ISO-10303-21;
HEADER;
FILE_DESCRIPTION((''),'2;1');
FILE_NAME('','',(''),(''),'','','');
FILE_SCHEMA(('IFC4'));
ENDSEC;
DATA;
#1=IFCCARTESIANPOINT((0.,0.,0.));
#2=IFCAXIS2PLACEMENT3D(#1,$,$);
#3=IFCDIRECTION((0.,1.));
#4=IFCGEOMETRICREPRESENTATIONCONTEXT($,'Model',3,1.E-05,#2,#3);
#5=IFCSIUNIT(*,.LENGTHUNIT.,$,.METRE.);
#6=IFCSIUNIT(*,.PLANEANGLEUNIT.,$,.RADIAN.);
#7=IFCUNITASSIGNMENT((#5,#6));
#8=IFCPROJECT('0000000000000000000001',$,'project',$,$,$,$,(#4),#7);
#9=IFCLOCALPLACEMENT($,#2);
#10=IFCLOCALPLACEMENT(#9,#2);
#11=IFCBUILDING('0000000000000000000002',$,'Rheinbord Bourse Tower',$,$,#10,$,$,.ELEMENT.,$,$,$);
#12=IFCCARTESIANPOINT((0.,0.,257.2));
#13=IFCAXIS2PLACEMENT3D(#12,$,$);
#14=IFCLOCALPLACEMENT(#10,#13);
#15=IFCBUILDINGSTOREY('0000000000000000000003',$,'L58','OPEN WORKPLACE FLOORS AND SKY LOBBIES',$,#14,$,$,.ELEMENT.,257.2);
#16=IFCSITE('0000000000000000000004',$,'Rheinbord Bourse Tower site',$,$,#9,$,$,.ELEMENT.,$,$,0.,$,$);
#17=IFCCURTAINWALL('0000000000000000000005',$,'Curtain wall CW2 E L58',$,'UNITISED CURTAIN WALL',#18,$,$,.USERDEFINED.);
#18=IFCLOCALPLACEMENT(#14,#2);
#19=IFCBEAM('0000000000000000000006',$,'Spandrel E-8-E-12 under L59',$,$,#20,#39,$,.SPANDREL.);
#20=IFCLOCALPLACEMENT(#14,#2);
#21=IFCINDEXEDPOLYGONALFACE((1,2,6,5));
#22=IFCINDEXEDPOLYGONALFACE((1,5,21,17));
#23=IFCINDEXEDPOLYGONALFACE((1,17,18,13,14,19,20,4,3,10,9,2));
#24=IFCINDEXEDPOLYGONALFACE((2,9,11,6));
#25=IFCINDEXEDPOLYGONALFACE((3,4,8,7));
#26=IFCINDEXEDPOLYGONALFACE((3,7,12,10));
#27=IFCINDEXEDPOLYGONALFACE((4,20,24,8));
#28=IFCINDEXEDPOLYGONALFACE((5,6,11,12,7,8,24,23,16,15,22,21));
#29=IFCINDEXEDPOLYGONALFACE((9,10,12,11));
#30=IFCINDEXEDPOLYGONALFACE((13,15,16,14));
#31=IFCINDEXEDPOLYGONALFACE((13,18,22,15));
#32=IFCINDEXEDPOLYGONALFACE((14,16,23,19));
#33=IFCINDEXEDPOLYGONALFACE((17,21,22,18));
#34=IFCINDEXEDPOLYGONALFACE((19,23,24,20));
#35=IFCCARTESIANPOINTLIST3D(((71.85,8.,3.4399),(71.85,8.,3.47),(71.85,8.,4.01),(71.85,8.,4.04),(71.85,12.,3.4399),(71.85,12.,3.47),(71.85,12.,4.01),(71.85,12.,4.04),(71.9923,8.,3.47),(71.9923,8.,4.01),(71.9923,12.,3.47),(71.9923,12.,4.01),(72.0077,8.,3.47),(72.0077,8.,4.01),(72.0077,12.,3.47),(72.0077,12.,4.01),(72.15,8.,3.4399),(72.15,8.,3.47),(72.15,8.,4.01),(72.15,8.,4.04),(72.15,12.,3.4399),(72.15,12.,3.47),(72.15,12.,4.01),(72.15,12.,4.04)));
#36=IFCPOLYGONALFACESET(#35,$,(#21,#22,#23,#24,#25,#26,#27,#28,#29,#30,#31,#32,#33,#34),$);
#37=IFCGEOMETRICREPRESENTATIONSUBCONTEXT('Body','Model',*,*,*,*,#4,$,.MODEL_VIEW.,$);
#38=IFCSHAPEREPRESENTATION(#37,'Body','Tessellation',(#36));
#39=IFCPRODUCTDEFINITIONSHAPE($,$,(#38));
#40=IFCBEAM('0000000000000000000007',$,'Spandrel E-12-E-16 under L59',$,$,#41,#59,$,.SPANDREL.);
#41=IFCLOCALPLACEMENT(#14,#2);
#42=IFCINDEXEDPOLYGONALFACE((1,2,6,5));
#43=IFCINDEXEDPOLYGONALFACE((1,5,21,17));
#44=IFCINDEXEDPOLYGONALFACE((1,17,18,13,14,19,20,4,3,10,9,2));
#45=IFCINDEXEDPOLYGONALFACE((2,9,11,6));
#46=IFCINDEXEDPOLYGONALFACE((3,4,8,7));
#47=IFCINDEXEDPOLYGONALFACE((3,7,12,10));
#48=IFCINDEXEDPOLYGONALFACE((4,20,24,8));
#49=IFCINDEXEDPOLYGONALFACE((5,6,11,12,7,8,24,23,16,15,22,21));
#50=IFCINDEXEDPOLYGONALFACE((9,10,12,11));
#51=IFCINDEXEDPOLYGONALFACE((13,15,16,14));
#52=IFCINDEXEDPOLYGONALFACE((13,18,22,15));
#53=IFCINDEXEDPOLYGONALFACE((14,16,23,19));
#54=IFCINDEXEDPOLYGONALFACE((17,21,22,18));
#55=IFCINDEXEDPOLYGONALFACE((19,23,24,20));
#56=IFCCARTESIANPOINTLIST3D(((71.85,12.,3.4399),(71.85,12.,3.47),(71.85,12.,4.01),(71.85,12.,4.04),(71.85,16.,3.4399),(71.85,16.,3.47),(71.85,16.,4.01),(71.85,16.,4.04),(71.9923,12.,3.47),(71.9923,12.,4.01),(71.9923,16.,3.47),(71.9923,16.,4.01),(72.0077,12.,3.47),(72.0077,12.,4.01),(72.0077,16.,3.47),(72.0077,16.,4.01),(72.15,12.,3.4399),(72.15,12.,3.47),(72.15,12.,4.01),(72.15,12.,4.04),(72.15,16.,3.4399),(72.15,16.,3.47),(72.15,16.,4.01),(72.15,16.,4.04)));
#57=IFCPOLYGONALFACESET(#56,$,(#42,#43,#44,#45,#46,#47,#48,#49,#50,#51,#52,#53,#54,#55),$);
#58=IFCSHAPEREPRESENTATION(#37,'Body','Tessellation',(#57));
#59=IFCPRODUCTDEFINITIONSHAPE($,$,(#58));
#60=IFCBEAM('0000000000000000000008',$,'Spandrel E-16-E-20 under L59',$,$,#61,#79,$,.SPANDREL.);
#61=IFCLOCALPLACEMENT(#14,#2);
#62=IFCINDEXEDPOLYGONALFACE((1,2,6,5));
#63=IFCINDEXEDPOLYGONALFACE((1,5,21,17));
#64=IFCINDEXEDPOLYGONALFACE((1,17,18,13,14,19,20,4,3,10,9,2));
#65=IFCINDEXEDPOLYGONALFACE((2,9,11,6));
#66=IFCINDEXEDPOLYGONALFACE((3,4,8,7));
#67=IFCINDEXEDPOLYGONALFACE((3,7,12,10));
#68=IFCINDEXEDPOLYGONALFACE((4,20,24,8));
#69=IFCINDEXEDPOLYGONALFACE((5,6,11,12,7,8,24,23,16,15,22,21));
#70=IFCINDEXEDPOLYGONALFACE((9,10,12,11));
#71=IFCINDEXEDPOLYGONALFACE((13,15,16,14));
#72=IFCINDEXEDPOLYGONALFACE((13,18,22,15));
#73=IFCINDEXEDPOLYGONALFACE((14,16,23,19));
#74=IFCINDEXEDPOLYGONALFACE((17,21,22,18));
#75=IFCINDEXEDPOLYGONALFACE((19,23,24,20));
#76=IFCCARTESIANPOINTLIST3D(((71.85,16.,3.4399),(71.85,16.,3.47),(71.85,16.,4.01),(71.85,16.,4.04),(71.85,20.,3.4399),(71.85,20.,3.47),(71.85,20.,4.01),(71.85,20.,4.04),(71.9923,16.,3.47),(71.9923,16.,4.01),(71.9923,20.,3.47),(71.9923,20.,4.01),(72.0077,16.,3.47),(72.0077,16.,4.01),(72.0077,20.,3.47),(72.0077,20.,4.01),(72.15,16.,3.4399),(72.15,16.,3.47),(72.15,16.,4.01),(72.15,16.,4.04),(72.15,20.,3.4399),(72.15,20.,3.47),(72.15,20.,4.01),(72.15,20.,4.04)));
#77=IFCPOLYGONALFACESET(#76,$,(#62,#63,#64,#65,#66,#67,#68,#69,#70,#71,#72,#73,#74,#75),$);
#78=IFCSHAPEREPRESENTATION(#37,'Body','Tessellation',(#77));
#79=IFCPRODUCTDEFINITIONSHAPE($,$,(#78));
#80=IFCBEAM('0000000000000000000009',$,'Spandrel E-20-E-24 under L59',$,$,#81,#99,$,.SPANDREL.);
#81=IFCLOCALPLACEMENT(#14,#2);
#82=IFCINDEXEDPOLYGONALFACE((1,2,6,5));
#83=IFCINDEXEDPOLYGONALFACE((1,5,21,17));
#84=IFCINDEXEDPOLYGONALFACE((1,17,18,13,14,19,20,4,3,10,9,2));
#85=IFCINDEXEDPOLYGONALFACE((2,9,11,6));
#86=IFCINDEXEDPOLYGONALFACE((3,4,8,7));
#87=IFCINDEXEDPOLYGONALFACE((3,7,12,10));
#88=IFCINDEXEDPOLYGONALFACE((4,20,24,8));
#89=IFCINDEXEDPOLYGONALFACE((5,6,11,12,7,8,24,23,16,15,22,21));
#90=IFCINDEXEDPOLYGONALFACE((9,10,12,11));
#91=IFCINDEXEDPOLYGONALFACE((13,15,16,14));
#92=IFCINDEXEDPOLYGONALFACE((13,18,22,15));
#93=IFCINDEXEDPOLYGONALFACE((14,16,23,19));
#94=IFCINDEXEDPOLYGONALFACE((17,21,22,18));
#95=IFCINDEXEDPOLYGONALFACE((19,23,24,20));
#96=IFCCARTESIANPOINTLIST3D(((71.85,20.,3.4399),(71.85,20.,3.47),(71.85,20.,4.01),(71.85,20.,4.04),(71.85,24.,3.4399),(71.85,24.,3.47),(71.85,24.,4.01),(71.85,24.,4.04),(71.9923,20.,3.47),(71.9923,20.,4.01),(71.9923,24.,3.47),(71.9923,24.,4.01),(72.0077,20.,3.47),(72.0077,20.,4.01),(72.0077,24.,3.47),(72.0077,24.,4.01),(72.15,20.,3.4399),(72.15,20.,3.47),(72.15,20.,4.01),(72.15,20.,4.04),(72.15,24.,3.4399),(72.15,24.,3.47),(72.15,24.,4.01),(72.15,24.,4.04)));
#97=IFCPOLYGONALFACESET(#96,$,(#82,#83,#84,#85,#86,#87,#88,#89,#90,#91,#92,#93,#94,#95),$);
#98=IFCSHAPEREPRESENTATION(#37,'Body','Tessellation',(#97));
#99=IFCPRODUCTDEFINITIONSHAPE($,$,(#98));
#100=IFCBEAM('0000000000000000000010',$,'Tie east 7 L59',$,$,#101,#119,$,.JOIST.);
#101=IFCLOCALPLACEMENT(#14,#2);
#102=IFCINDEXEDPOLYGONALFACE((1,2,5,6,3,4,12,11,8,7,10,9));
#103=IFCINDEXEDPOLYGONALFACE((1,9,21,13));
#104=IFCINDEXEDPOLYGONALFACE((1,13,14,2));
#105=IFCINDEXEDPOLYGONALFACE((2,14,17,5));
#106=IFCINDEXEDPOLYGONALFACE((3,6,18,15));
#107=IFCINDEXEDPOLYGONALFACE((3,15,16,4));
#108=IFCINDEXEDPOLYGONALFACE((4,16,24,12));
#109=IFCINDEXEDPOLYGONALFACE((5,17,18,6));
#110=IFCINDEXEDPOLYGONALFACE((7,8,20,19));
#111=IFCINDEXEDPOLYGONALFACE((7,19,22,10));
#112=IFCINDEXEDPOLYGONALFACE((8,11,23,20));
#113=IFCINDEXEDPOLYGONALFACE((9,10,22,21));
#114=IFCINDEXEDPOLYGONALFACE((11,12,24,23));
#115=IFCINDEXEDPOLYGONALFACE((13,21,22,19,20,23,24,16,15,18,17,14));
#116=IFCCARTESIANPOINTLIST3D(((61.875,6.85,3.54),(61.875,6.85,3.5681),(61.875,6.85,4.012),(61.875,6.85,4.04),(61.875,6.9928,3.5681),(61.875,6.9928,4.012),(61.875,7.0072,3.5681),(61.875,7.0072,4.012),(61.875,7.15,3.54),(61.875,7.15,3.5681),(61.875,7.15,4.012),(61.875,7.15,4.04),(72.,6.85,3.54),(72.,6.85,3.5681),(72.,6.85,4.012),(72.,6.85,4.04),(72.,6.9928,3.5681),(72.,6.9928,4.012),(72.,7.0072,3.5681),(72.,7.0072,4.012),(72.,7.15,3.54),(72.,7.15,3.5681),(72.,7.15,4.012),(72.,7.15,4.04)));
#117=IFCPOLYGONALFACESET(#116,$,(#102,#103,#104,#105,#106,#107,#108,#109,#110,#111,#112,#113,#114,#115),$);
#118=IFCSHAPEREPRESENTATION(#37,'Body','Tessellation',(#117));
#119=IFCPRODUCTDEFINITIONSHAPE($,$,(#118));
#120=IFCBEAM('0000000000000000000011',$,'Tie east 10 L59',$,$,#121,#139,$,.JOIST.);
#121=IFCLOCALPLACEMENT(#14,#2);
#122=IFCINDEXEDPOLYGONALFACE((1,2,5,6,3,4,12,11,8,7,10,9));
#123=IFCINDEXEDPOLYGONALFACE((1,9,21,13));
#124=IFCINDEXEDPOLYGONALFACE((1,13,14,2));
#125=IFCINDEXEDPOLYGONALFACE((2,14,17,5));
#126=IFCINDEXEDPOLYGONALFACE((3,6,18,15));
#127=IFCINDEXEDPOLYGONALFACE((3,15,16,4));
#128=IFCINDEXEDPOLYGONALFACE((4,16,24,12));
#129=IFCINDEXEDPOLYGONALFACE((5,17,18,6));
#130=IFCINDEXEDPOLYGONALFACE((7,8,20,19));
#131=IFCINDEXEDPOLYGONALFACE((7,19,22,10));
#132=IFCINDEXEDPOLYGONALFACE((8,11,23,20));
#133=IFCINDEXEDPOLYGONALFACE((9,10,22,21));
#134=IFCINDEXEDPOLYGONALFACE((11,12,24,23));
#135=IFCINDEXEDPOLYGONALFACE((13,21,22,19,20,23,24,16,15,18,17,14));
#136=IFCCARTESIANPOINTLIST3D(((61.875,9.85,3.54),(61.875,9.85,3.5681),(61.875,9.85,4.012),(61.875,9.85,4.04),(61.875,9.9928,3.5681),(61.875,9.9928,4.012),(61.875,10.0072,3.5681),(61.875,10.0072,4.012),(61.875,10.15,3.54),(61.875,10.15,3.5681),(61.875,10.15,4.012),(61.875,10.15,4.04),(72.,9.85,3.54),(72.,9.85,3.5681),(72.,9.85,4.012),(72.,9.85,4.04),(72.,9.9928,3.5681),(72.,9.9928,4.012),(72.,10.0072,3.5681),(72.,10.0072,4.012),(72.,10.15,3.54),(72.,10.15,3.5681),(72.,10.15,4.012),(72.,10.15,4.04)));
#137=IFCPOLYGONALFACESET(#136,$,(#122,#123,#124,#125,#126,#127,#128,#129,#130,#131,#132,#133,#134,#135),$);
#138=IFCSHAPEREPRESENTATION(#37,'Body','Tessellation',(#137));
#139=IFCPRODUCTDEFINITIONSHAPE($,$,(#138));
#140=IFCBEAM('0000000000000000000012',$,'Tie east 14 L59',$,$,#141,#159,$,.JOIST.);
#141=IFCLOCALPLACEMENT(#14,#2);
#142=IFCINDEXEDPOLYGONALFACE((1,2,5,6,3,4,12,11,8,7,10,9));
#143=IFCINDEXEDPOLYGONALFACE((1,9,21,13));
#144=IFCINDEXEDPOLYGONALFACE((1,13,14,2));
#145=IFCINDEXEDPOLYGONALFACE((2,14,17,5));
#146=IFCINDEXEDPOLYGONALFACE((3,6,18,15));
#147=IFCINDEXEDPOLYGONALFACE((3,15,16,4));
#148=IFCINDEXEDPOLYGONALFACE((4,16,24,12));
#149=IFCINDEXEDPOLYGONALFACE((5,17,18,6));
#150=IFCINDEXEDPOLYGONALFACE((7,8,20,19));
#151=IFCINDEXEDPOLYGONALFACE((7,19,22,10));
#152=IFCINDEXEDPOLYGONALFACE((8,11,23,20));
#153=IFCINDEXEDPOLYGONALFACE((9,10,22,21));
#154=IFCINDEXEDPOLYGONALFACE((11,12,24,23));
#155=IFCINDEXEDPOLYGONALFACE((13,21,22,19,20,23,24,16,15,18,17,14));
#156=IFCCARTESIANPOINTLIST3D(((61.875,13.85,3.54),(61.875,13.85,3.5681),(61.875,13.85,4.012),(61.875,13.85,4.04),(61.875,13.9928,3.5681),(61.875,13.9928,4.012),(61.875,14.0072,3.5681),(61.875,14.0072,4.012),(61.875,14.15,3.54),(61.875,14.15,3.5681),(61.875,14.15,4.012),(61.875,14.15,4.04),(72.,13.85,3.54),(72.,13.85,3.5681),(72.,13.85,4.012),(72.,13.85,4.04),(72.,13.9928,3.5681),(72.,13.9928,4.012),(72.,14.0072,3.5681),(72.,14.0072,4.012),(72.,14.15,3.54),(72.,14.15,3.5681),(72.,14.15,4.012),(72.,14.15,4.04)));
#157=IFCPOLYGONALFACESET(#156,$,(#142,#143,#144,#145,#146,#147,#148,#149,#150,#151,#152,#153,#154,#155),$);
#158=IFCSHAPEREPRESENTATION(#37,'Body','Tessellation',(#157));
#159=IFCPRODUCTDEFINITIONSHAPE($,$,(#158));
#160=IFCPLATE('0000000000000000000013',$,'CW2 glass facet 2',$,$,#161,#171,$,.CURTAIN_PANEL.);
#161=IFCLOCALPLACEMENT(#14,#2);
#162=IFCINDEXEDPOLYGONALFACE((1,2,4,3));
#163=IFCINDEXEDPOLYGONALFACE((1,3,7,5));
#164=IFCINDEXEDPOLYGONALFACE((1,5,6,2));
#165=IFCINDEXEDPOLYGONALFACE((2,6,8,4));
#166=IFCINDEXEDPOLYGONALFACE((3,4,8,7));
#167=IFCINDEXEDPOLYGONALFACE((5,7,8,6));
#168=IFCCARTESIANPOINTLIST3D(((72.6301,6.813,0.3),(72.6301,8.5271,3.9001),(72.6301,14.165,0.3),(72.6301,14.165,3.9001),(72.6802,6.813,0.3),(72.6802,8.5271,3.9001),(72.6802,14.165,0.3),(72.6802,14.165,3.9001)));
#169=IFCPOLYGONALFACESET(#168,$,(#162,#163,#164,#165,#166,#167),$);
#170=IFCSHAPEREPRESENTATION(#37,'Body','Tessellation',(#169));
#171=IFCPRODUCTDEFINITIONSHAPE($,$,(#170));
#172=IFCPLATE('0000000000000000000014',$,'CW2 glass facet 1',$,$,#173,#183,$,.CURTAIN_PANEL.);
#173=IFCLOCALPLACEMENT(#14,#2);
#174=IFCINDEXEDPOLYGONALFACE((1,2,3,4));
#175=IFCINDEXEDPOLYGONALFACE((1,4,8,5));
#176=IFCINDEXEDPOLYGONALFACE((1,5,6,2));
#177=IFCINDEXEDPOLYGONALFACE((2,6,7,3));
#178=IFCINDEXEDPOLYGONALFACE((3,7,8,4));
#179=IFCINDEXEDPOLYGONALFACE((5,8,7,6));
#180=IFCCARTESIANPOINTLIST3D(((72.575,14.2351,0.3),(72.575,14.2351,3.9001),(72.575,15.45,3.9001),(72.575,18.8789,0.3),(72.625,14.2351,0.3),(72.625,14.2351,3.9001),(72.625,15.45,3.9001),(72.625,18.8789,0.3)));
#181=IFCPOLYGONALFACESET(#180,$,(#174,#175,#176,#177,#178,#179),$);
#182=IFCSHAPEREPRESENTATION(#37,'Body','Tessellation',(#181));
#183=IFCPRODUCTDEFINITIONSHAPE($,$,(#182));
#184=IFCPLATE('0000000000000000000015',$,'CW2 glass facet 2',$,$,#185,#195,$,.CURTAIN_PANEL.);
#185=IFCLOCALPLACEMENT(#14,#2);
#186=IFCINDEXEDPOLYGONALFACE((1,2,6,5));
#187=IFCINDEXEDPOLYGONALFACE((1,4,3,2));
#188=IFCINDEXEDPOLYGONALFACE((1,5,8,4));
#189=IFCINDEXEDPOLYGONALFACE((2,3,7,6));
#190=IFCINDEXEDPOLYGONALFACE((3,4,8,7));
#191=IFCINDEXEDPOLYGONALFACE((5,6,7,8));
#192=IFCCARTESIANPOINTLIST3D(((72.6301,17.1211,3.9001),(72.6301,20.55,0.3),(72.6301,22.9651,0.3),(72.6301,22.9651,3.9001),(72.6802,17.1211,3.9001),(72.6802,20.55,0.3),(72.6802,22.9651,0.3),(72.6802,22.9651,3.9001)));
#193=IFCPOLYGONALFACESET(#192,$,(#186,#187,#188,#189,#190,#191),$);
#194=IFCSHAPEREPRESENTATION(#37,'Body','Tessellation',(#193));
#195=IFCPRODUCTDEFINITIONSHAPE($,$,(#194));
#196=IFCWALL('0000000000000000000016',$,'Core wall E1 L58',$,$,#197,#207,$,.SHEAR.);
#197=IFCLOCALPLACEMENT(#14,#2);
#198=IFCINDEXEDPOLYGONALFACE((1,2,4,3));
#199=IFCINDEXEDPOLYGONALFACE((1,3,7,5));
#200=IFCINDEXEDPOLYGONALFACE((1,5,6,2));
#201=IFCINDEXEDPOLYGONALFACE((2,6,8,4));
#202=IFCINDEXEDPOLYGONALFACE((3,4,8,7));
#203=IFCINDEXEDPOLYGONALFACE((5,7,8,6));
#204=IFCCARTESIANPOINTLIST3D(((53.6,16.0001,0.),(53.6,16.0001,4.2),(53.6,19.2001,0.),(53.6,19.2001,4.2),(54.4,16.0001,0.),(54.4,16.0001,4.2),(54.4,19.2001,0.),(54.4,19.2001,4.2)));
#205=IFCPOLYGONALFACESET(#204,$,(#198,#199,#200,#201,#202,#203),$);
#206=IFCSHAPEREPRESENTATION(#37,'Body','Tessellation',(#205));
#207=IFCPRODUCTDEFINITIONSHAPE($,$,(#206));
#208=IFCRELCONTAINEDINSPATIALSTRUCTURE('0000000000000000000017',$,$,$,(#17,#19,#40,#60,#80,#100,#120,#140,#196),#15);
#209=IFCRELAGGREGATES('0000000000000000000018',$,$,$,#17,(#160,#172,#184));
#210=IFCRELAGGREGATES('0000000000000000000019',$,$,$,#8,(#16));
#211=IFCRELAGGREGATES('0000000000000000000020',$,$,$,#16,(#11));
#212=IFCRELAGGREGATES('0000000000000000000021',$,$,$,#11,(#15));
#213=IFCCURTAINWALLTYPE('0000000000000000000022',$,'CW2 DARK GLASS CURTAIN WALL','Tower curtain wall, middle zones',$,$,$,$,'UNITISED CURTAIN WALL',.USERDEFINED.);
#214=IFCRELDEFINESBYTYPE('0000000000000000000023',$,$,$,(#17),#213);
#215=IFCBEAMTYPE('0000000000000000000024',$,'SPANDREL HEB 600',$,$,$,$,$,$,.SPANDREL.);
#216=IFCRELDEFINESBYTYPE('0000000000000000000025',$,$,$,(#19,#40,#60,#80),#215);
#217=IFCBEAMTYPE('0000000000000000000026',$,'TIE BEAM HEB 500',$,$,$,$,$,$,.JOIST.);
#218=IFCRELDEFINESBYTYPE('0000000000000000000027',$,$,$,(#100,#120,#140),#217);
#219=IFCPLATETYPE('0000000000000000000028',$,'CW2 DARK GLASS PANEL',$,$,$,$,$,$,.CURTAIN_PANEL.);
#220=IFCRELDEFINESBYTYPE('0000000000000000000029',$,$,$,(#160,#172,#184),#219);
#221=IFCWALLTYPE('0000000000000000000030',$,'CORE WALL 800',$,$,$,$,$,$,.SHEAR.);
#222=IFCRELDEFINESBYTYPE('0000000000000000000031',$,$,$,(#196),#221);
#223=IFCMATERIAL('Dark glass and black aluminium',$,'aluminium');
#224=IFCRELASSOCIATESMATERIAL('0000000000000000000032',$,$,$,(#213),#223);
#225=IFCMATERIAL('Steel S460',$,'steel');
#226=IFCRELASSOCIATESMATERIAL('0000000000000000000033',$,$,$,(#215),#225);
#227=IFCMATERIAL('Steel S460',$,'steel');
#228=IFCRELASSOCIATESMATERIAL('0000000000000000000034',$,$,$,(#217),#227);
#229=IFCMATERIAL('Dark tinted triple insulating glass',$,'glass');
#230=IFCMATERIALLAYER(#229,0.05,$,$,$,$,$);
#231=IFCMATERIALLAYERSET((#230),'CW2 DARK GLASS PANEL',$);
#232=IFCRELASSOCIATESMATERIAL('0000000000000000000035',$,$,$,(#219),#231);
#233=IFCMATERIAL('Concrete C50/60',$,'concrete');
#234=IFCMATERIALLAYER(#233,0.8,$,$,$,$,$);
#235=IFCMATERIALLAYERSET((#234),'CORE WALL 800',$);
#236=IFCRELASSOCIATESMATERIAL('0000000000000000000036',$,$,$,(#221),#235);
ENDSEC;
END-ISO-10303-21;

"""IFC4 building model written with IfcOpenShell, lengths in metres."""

from ifc_helpers import new_model, si_unit, direction, frame, frame_2d, origin, origin_2d, place, context, subcontext, project, spatial, polyline, rectangle, i_section, outline, extrude, material, layer, layer_set, material_profile, profile_set, type_object, element, aggregate, save


model = new_model("IFC4")

# Units and contexts
model_context = context("Model", 3, precision=1e-05, world=origin(), true_north=direction((0.0, 1.0)))
body_context = subcontext(model_context, "Body", "Model", "MODEL_VIEW")
ifc_project = project(units=[si_unit("LENGTHUNIT", "METRE"), si_unit("PLANEANGLEUNIT", "RADIAN")], contexts=[model_context])

# Site, building, storey
site_placement = place(None, origin())
site = spatial("IfcSite", under=ifc_project, at=site_placement, Name="Rheinbord Bourse Tower site", CompositionType="ELEMENT", RefElevation=0.0)
building_placement = place(site_placement, origin())
building = spatial("IfcBuilding", under=site, at=building_placement, Name="Rheinbord Bourse Tower", CompositionType="ELEMENT")
storey_placement = place(building_placement, frame((0.0, 0.0, 257.2)))
storey = spatial("IfcBuildingStorey", under=building, at=storey_placement, Name="L58", Description="OPEN WORKPLACE FLOORS AND SKY LOBBIES", CompositionType="ELEMENT", Elevation=257.2)

# Curtain wall
ifc_material_1 = material(Name="Dark glass and black aluminium", Category="aluminium")
curtain_wall_type = type_object("IfcCurtainWallType", Name="CW2 DARK GLASS CURTAIN WALL", Description="Tower curtain wall, middle zones", ElementType="UNITISED CURTAIN WALL", PredefinedType="USERDEFINED", material=ifc_material_1)
curtain_wall_placement = place(storey_placement, origin())
curtain_wall = element("IfcCurtainWall", 1, at=curtain_wall_placement, inside=storey, type_object=curtain_wall_type, Name="Curtain wall CW2 E L58", ObjectType="UNITISED CURTAIN WALL", PredefinedType="USERDEFINED")

# Beams
ifc_material_2 = material(Name="Steel S460", Category="steel")
ifc_material_profile_1 = material_profile(ifc_material_2, i_section(OverallWidth=0.3, OverallDepth=0.6001, WebThickness=0.0154, FlangeThickness=0.03, at=origin_2d()), Name="HEB 600")
ifc_profile_set_1 = profile_set([ifc_material_profile_1], Name="Steel S460")
beam_type_1 = type_object("IfcBeamType", Name="SPANDREL HEB 600", PredefinedType="SPANDREL", material=ifc_profile_set_1)
for number, where, z_axis, x_axis, name in (
    (2, (72.0, 8.0, 3.74), (0.0, 1.0, 0.0), (-1.0, 0.0, 0.0), "Spandrel E-8-E-12 under L59"),
    (3, (72.0, 12.0, 3.74), (0.0, 1.0, 0.0), (-1.0, 0.0, 0.0), "Spandrel E-12-E-16 under L59"),
    (4, (72.0, 16.0, 3.74), (0.0, 1.0, 0.0), (-1.0, 0.0, 0.0), "Spandrel E-16-E-20 under L59"),
    (5, (72.0, 20.0, 3.74), (0.0, 1.0, 0.0), (-1.0, 0.0, 0.0), "Spandrel E-20-E-24 under L59"),
):
    element("IfcBeam", number, at=place(storey_placement, frame(where, z_axis=z_axis, x_axis=x_axis)), inside=storey, type_object=beam_type_1, Name=name, PredefinedType="SPANDREL", context=body_context, shape_type="SweptSolid", body=[
        extrude(i_section(OverallWidth=0.3, OverallDepth=0.6001, WebThickness=0.0154, FlangeThickness=0.03, at=origin_2d()), origin(), (0.0, 0.0, 1.0), 4.0),
    ])
ifc_material_3 = material(Name="Steel S460", Category="steel")
ifc_material_profile_2 = material_profile(ifc_material_3, i_section(OverallWidth=0.3, OverallDepth=0.5, WebThickness=0.0144, FlangeThickness=0.0281, at=origin_2d()), Name="HEB 500")
ifc_profile_set_2 = profile_set([ifc_material_profile_2], Name="Steel S460")
beam_type_2 = type_object("IfcBeamType", Name="TIE BEAM HEB 500", PredefinedType="JOIST", material=ifc_profile_set_2)
for number, where, z_axis, x_axis, name in (
    (6, (61.875, 7.0, 3.79), (1.0, 0.0, 0.0), (0.0, 1.0, 0.0), "Tie east 7 L59"),
    (7, (61.875, 10.0, 3.79), (1.0, 0.0, 0.0), (0.0, 1.0, 0.0), "Tie east 10 L59"),
    (8, (61.875, 14.0, 3.79), (1.0, 0.0, 0.0), (0.0, 1.0, 0.0), "Tie east 14 L59"),
):
    element("IfcBeam", number, at=place(storey_placement, frame(where, z_axis=z_axis, x_axis=x_axis)), inside=storey, type_object=beam_type_2, Name=name, PredefinedType="JOIST", context=body_context, shape_type="SweptSolid", body=[
        extrude(i_section(OverallWidth=0.3, OverallDepth=0.5, WebThickness=0.0144, FlangeThickness=0.0281, at=origin_2d()), origin(), (0.0, 0.0, 1.0), 10.125),
    ])

# Plates
ifc_material_4 = material(Name="Dark tinted triple insulating glass", Category="glass")
ifc_layer_1 = layer(ifc_material_4, 0.05)
ifc_layer_set_1 = layer_set([ifc_layer_1], Name="CW2 DARK GLASS PANEL")
plate_type = type_object("IfcPlateType", Name="CW2 DARK GLASS PANEL", PredefinedType="CURTAIN_PANEL", material=ifc_layer_set_1)
plate_1_placement = place(storey_placement, frame((72.6802, 14.165, 3.9001), z_axis=(-1.0, 0.0, 0.0), x_axis=(0.0, 0.0, -1.0)))
plate_1 = element("IfcPlate", 9, at=plate_1_placement, type_object=plate_type, Name="CW2 glass facet 2", PredefinedType="CURTAIN_PANEL", context=body_context, shape_type="SweptSolid", body=[
    extrude(outline(polyline([(0.0, 0.0), (3.6001, 0.0), (3.6001, 7.3521), (0.0, 5.6379), (0.0, 0.0)])), origin(), (0.0, 0.0, 1.0), 0.05),
])
plate_2_placement = place(storey_placement, frame((72.625, 14.2351, 0.3), z_axis=(-1.0, 0.0, 0.0), x_axis=(0.0, 0.0, 1.0)))
plate_2 = element("IfcPlate", 10, at=plate_2_placement, type_object=plate_type, Name="CW2 glass facet 1", PredefinedType="CURTAIN_PANEL", context=body_context, shape_type="SweptSolid", body=[
    extrude(outline(polyline([(0.0, 0.0), (3.6001, 0.0), (3.6001, 1.2148), (0.0, 4.6438), (0.0, 0.0)])), origin(), (0.0, 0.0, 1.0), 0.05),
])
plate_3_placement = place(storey_placement, frame((72.6802, 22.9651, 3.9001), z_axis=(-1.0, 0.0, 0.0), x_axis=(0.0, 0.0, -1.0)))
plate_3 = element("IfcPlate", 11, at=plate_3_placement, type_object=plate_type, Name="CW2 glass facet 2", PredefinedType="CURTAIN_PANEL", context=body_context, shape_type="SweptSolid", body=[
    extrude(outline(polyline([(0.0, 0.0), (3.6001, 0.0), (3.6001, 2.415), (0.0, 5.844), (0.0, 0.0)])), origin(), (0.0, 0.0, 1.0), 0.05),
])
aggregate(curtain_wall, [plate_1, plate_2, plate_3])

# Wall
ifc_material_5 = material(Name="Concrete C50/60", Category="concrete")
ifc_layer_2 = layer(ifc_material_5, 0.8)
ifc_layer_set_2 = layer_set([ifc_layer_2], Name="CORE WALL 800")
wall_type_1 = type_object("IfcWallType", Name="CORE WALL 800", PredefinedType="SHEAR", material=ifc_layer_set_2)
wall_1_placement = place(storey_placement, frame((54.0, 16.0, 0.0), z_axis=(0.0, 0.0, 1.0), x_axis=(0.0, 1.0, 0.0)))
element("IfcWall", 12, at=wall_1_placement, inside=storey, type_object=wall_type_1, Name="Core wall E1 L58", PredefinedType="SHEAR", context=body_context, shape_type="SweptSolid", body=[
    extrude(rectangle(XDim=3.2, YDim=0.8, at=frame_2d((1.6001, 0.0))), origin(), (0.0, 0.0, 1.0), 4.2),
])

save(model, "model.ifc")
